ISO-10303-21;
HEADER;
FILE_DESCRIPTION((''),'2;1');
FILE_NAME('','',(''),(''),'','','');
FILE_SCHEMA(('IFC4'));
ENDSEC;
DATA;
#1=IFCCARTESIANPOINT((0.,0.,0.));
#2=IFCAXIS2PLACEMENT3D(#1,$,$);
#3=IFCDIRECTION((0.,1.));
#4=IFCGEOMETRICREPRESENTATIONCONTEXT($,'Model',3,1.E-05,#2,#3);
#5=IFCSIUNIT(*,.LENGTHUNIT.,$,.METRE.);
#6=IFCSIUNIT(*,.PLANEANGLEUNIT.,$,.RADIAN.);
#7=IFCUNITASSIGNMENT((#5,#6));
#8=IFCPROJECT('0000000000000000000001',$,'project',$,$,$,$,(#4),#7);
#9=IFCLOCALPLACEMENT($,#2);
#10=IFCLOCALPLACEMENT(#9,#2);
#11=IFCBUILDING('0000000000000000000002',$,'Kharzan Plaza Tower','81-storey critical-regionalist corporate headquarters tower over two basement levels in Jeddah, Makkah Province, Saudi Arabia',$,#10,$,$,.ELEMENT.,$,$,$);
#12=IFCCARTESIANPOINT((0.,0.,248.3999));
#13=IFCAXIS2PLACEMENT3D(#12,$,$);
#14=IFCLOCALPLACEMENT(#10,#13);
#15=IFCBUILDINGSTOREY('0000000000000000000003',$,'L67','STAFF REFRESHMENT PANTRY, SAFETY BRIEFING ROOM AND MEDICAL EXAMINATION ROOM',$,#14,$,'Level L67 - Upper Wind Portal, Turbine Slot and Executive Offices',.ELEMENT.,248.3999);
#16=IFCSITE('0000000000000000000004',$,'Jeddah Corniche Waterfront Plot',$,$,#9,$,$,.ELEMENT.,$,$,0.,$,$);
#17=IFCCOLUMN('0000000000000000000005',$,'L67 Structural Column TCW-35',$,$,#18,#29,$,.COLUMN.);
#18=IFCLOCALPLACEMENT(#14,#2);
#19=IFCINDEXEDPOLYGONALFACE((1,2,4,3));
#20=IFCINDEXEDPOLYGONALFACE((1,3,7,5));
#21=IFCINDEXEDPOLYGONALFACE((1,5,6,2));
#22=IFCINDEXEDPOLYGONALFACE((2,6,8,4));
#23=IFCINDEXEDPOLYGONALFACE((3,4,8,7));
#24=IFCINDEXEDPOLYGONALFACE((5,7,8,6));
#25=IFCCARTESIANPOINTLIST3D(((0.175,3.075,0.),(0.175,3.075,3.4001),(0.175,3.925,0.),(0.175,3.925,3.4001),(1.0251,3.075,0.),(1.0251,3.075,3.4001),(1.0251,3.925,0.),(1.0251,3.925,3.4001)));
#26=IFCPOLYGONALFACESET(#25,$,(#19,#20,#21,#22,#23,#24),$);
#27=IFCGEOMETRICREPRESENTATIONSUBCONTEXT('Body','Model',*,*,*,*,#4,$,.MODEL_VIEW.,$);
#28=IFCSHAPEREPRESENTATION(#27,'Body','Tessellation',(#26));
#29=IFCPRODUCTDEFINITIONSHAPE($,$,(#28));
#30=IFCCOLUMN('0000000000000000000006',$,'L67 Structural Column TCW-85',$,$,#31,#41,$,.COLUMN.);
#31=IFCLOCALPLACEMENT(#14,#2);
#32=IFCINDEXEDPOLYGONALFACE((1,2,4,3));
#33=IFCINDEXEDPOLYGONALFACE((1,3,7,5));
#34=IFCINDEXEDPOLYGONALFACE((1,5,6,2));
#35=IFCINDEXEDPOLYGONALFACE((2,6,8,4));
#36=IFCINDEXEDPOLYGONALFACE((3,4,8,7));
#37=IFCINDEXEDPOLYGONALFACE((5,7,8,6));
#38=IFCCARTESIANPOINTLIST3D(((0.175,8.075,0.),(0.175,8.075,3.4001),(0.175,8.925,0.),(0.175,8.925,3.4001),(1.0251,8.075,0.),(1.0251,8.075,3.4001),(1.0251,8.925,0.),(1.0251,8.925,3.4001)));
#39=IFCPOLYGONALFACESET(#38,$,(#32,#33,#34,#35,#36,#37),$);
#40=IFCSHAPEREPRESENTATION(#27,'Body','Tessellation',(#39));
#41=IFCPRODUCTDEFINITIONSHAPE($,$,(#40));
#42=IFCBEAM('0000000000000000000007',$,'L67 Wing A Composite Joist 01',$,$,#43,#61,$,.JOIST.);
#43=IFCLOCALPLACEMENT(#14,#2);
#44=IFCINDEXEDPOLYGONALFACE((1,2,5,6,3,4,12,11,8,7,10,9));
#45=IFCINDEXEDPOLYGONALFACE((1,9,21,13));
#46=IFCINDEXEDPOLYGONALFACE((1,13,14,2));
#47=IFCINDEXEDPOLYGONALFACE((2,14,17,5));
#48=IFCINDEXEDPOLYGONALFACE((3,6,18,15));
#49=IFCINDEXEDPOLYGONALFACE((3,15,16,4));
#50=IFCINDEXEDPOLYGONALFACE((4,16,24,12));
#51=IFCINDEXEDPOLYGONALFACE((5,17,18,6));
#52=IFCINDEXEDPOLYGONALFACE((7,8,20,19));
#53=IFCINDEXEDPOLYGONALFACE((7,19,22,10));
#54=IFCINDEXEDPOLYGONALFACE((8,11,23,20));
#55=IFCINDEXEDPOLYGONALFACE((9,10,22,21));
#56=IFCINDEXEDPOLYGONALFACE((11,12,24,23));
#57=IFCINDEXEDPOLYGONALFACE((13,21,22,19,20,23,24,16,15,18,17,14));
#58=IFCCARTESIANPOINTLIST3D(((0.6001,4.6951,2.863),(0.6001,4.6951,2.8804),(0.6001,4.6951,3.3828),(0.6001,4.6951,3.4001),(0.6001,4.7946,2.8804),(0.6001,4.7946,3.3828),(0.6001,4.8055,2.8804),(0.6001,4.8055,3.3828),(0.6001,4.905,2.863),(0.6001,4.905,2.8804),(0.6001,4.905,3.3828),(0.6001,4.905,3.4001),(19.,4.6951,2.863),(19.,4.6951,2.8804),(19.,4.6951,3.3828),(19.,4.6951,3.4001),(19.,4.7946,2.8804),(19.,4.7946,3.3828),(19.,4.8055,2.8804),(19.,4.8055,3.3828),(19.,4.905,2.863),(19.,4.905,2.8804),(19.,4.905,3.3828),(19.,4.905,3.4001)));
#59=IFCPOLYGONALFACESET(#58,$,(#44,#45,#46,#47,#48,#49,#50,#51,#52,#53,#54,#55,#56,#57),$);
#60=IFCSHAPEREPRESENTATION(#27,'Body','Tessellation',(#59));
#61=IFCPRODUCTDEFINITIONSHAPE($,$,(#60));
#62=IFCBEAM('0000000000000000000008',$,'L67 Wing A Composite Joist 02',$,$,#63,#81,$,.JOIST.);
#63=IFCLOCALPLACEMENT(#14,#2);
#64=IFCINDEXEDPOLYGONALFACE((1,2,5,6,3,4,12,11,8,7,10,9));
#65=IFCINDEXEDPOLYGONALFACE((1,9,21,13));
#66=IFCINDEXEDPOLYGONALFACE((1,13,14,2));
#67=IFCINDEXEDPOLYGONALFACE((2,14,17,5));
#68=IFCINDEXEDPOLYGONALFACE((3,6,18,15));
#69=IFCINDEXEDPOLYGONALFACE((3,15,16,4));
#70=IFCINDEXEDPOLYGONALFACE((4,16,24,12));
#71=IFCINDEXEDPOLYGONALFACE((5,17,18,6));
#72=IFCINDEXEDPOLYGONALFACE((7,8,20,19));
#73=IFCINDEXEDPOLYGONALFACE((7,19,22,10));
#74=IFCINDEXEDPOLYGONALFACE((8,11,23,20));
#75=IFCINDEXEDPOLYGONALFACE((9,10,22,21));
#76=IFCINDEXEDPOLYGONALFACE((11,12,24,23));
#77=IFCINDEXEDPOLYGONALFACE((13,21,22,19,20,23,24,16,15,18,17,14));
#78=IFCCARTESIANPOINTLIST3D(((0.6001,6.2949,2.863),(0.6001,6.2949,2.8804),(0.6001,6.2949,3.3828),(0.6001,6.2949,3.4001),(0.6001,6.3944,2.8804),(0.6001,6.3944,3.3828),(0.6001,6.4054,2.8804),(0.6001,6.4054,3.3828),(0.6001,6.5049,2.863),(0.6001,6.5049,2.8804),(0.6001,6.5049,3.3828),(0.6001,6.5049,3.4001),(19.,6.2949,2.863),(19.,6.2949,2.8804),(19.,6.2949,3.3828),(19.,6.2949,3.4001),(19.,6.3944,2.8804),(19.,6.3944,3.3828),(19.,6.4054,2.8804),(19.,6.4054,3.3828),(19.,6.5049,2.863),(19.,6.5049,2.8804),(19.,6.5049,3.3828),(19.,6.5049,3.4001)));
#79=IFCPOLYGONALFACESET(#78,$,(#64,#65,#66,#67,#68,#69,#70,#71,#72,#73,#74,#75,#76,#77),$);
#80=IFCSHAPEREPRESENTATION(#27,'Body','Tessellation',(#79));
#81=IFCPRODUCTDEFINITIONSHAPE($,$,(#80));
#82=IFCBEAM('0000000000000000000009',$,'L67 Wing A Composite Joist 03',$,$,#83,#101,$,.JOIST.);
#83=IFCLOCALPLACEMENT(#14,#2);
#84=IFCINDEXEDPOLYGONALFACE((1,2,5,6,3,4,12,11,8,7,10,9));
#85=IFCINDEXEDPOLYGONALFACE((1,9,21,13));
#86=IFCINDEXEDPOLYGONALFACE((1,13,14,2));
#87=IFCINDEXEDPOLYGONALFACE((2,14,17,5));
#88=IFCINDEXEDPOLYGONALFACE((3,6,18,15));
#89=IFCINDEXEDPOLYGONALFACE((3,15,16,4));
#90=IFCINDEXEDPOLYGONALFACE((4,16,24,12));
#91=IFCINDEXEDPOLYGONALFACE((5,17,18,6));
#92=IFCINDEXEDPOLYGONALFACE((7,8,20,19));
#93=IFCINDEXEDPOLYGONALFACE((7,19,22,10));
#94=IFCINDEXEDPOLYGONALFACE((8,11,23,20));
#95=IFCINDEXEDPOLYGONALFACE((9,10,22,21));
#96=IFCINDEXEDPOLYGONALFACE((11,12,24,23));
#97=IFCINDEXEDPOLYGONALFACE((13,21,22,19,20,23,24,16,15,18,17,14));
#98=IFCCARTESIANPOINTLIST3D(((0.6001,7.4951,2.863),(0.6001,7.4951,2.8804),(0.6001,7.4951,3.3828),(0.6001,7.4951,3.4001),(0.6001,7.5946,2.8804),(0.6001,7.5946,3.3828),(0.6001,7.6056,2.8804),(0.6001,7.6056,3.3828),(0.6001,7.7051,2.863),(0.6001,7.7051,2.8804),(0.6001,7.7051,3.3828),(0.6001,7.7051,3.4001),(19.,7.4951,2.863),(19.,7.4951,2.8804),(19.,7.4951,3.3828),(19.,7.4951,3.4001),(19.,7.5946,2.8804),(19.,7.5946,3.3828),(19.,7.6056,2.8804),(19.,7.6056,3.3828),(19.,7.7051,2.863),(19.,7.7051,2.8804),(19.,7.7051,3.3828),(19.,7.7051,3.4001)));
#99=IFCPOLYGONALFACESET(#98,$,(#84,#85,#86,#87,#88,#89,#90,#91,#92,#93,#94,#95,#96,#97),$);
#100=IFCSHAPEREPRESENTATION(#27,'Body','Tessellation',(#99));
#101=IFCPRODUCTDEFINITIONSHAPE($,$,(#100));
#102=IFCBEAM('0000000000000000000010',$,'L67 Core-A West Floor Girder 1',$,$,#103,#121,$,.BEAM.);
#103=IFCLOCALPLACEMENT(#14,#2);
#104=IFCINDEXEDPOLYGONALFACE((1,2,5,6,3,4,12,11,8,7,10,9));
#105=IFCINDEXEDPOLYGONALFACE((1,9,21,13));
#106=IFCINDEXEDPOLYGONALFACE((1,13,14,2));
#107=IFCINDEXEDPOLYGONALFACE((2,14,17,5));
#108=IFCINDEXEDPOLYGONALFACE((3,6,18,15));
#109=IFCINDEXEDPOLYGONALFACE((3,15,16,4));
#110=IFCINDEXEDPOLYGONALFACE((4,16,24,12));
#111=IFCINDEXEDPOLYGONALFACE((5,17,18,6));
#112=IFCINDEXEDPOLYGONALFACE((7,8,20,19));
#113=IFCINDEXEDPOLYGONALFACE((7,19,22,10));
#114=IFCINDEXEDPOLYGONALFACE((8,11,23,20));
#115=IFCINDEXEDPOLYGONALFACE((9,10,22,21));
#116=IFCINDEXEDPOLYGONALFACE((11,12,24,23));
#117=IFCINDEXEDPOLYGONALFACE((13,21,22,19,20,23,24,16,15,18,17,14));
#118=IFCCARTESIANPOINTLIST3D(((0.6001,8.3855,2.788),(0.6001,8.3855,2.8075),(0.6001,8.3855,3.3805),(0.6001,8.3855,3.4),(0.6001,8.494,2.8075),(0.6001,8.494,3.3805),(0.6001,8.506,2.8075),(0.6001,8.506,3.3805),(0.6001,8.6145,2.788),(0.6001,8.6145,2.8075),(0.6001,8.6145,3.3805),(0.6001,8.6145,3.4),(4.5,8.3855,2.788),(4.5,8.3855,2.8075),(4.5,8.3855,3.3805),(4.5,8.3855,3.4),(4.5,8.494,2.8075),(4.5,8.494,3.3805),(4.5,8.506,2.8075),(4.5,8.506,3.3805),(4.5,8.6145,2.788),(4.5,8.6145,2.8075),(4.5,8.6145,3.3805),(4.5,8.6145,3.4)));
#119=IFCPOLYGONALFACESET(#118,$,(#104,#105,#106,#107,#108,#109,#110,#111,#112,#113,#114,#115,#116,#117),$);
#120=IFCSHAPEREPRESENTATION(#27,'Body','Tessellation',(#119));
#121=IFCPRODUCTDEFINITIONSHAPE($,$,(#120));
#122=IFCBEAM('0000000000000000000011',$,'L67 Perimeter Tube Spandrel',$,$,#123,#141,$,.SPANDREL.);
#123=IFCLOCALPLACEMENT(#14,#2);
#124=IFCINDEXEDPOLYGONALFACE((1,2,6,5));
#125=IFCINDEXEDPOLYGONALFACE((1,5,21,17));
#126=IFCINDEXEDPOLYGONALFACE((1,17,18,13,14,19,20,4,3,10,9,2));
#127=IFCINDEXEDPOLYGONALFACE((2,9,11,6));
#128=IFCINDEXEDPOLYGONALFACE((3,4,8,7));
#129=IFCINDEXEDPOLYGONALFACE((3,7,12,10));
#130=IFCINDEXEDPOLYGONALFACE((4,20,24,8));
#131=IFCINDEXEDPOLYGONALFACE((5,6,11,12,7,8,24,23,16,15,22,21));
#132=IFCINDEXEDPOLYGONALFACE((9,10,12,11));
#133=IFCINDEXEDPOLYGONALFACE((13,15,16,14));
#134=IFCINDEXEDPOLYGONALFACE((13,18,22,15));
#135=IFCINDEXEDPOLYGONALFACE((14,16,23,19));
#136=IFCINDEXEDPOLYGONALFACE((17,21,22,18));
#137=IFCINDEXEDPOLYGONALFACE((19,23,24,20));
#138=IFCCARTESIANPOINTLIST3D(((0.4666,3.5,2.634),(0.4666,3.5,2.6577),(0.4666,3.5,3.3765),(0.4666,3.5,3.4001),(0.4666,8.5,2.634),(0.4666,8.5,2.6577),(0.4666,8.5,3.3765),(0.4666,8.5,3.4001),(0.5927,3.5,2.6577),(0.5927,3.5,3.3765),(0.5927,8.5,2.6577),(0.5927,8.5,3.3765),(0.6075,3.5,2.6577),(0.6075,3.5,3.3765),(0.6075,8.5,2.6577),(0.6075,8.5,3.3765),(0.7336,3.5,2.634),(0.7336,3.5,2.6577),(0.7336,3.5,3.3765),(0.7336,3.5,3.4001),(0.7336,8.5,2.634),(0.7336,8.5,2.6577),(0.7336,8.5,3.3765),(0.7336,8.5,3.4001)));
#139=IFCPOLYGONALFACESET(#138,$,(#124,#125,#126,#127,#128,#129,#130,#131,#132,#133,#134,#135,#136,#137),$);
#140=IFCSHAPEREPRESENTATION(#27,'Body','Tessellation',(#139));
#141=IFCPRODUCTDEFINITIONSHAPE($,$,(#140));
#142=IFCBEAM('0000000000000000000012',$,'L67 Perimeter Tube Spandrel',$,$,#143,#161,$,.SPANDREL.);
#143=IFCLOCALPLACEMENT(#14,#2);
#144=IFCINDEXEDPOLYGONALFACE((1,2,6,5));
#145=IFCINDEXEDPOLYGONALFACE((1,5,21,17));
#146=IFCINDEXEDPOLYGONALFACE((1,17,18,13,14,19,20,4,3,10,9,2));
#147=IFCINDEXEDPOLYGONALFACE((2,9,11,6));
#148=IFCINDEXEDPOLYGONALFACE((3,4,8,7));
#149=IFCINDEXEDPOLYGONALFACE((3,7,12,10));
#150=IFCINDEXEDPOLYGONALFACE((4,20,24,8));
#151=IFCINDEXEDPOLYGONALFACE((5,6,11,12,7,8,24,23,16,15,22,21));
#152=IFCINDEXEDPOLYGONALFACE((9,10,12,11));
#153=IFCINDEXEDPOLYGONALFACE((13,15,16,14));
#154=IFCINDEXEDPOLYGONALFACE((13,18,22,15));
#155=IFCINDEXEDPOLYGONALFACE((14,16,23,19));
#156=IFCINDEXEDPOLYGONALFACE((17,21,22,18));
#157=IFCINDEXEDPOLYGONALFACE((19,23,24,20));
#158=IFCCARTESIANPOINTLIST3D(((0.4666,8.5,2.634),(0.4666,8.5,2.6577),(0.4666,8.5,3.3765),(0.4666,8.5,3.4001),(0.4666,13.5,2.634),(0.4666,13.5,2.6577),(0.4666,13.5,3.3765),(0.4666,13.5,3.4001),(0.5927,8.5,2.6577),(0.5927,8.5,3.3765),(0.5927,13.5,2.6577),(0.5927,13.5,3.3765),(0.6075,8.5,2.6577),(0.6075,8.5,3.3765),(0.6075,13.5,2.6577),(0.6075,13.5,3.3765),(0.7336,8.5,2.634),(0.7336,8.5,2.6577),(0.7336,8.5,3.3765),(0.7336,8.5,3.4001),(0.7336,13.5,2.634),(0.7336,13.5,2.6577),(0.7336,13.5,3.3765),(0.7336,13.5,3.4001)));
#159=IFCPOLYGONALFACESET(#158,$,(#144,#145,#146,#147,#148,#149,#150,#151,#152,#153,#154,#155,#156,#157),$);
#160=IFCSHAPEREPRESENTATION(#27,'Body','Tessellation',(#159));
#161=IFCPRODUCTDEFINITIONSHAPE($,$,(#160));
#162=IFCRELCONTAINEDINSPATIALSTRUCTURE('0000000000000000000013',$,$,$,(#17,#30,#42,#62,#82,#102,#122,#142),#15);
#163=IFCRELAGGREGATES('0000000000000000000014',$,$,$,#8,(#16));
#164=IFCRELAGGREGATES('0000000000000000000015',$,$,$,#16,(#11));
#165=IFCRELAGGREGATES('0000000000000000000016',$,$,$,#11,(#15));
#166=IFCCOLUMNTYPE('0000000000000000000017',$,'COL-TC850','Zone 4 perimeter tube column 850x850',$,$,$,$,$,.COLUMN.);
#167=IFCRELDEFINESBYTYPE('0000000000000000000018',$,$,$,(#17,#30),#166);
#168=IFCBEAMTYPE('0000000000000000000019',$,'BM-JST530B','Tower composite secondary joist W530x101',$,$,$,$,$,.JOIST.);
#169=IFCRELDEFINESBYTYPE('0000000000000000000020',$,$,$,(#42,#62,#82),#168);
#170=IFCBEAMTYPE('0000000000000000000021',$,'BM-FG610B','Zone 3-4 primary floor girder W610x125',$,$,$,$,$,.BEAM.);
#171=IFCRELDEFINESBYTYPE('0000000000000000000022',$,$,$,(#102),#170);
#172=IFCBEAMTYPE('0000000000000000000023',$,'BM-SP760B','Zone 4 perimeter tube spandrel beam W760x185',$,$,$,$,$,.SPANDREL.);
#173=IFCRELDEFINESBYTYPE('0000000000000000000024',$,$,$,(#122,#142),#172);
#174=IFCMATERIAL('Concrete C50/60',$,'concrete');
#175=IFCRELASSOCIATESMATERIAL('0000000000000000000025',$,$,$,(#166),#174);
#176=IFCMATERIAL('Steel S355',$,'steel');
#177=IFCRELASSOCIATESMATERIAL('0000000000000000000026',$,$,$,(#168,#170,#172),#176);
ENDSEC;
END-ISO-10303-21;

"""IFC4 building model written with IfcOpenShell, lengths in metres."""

from ifc_helpers import new_model, si_unit, direction, frame, origin, origin_2d, place, context, subcontext, project, spatial, rectangle, i_section, extrude, source, transform, mapped, material, material_profile, profile_set, type_object, element, save


model = new_model("IFC4")

# Units and contexts
model_context = context("Model", 3, precision=1e-05, world=origin(), true_north=direction((0.0, 1.0)))
body_context = subcontext(model_context, "Body", "Model", "MODEL_VIEW")
ifc_project = project(units=[si_unit("LENGTHUNIT", "METRE"), si_unit("PLANEANGLEUNIT", "RADIAN")], contexts=[model_context])

# Site, building, storey
site_placement = place(None, origin())
site = spatial("IfcSite", under=ifc_project, at=site_placement, Name="Jeddah Corniche Waterfront Plot", CompositionType="ELEMENT", RefElevation=0.0)
building_placement = place(site_placement, origin())
building = spatial("IfcBuilding", under=site, at=building_placement, Name="Kharzan Plaza Tower", Description="81-storey critical-regionalist corporate headquarters tower over two basement levels in Jeddah, Makkah Province, Saudi Arabia", CompositionType="ELEMENT")
storey_placement = place(building_placement, frame((0.0, 0.0, 248.3999)))
storey = spatial("IfcBuildingStorey", under=building, at=storey_placement, Name="L67", Description="STAFF REFRESHMENT PANTRY, SAFETY BRIEFING ROOM AND MEDICAL EXAMINATION ROOM", LongName="Level L67 - Upper Wind Portal, Turbine Slot and Executive Offices", CompositionType="ELEMENT", Elevation=248.3999)

# Columns
ifc_material_1 = material(Name="Concrete C50/60", Category="concrete")
ifc_material_profile_1 = material_profile(ifc_material_1, rectangle(XDim=0.8501, YDim=0.8501, at=origin_2d()), Name="RC-TC850x850")
ifc_profile_set_1 = profile_set([ifc_material_profile_1], Name="Concrete C50/60")
column_type = type_object("IfcColumnType", Name="COL-TC850", Description="Zone 4 perimeter tube column 850x850", PredefinedType="COLUMN", material=ifc_profile_set_1)
shared_shape_1 = source(origin(), body_context, "Body", "SweptSolid", [
    extrude(rectangle(XDim=0.8501, YDim=0.8501, at=origin_2d()), origin(), (0.0, 0.0, 1.0), 3.4001),
])
for number, where, z_axis, x_axis, name in (
    (1, (0.6001, 3.5, 0.0), (0.0, 0.0, 1.0), (1.0, 0.0, 0.0), "L67 Structural Column TCW-35"),
    (2, (0.6001, 8.5, 0.0), (0.0, 0.0, 1.0), (1.0, 0.0, 0.0), "L67 Structural Column TCW-85"),
):
    element("IfcColumn", number, at=place(storey_placement, frame(where, z_axis=z_axis, x_axis=x_axis)), inside=storey, type_object=column_type, Name=name, PredefinedType="COLUMN", context=body_context, shape_type="MappedRepresentation", body=[
        mapped(shared_shape_1, transform((0.0, 0.0, 0.0), x_axis=(1.0, 0.0, 0.0), y_axis=(0.0, 1.0, 0.0), z_axis=(0.0, 0.0, 1.0))),
    ])

# Beams
ifc_material_2 = material(Name="Steel S355", Category="steel")
ifc_material_profile_2 = material_profile(ifc_material_2, i_section(OverallWidth=0.21, OverallDepth=0.5371, WebThickness=0.011, FlangeThickness=0.0173, at=origin_2d()), Name="W530x101")
ifc_profile_set_2 = profile_set([ifc_material_profile_2], Name="Steel S355")
beam_type_1 = type_object("IfcBeamType", Name="BM-JST530B", Description="Tower composite secondary joist W530x101", PredefinedType="JOIST", material=ifc_profile_set_2)
shared_shape_2 = source(origin(), body_context, "Body", "SweptSolid", [
    extrude(i_section(OverallWidth=0.21, OverallDepth=0.5371, WebThickness=0.011, FlangeThickness=0.0173, at=origin_2d()), origin(), (0.0, 0.0, 1.0), 18.3999),
])
for number, where, z_axis, x_axis, name in (
    (3, (0.6001, 4.8, 3.1316), (1.0, 0.0, 0.0), (0.0, 1.0, 0.0), "L67 Wing A Composite Joist 01"),
    (4, (0.6001, 6.3999, 3.1316), (1.0, 0.0, 0.0), (0.0, 1.0, 0.0), "L67 Wing A Composite Joist 02"),
    (5, (0.6001, 7.6001, 3.1316), (1.0, 0.0, 0.0), (0.0, 1.0, 0.0), "L67 Wing A Composite Joist 03"),
):
    element("IfcBeam", number, at=place(storey_placement, frame(where, z_axis=z_axis, x_axis=x_axis)), inside=storey, type_object=beam_type_1, Name=name, PredefinedType="JOIST", context=body_context, shape_type="MappedRepresentation", body=[
        mapped(shared_shape_2, transform((0.0, 0.0, 0.0), x_axis=(1.0, 0.0, 0.0), y_axis=(0.0, 1.0, 0.0), z_axis=(0.0, 0.0, 1.0))),
    ])
ifc_material_profile_3 = material_profile(ifc_material_2, i_section(OverallWidth=0.229, OverallDepth=0.6121, WebThickness=0.012, FlangeThickness=0.0195, at=origin_2d()), Name="W610x125")
ifc_profile_set_3 = profile_set([ifc_material_profile_3], Name="Steel S355")
beam_type_2 = type_object("IfcBeamType", Name="BM-FG610B", Description="Zone 3-4 primary floor girder W610x125", PredefinedType="BEAM", material=ifc_profile_set_3)
shared_shape_3 = source(origin(), body_context, "Body", "SweptSolid", [
    extrude(i_section(OverallWidth=0.229, OverallDepth=0.6121, WebThickness=0.012, FlangeThickness=0.0195, at=origin_2d()), origin(), (0.0, 0.0, 1.0), 3.8999),
])
beam_placement = place(storey_placement, frame((0.6001, 8.5, 3.094), z_axis=(1.0, 0.0, 0.0), x_axis=(0.0, 1.0, 0.0)))
element("IfcBeam", 6, at=beam_placement, inside=storey, type_object=beam_type_2, Name="L67 Core-A West Floor Girder 1", PredefinedType="BEAM", context=body_context, shape_type="MappedRepresentation", body=[
    mapped(shared_shape_3, transform((0.0, 0.0, 0.0), x_axis=(1.0, 0.0, 0.0), y_axis=(0.0, 1.0, 0.0), z_axis=(0.0, 0.0, 1.0))),
])
ifc_material_profile_4 = material_profile(ifc_material_2, i_section(OverallWidth=0.2671, OverallDepth=0.7661, WebThickness=0.0149, FlangeThickness=0.0237, at=origin_2d()), Name="W760x185")
ifc_profile_set_4 = profile_set([ifc_material_profile_4], Name="Steel S355")
beam_type_3 = type_object("IfcBeamType", Name="BM-SP760B", Description="Zone 4 perimeter tube spandrel beam W760x185", PredefinedType="SPANDREL", material=ifc_profile_set_4)
shared_shape_4 = source(origin(), body_context, "Body", "SweptSolid", [
    extrude(i_section(OverallWidth=0.2671, OverallDepth=0.7661, WebThickness=0.0149, FlangeThickness=0.0237, at=origin_2d()), origin(), (0.0, 0.0, 1.0), 5.0),
])
for number, where, z_axis, x_axis, name in (
    (7, (0.6001, 3.5, 3.0171), (0.0, 1.0, 0.0), (-1.0, 0.0, 0.0), "L67 Perimeter Tube Spandrel"),
    (8, (0.6001, 8.5, 3.0171), (0.0, 1.0, 0.0), (-1.0, 0.0, 0.0), "L67 Perimeter Tube Spandrel"),
):
    element("IfcBeam", number, at=place(storey_placement, frame(where, z_axis=z_axis, x_axis=x_axis)), inside=storey, type_object=beam_type_3, Name=name, PredefinedType="SPANDREL", context=body_context, shape_type="MappedRepresentation", body=[
        mapped(shared_shape_4, transform((0.0, 0.0, 0.0), x_axis=(1.0, 0.0, 0.0), y_axis=(0.0, 1.0, 0.0), z_axis=(0.0, 0.0, 1.0))),
    ])

save(model, "model.ifc")
